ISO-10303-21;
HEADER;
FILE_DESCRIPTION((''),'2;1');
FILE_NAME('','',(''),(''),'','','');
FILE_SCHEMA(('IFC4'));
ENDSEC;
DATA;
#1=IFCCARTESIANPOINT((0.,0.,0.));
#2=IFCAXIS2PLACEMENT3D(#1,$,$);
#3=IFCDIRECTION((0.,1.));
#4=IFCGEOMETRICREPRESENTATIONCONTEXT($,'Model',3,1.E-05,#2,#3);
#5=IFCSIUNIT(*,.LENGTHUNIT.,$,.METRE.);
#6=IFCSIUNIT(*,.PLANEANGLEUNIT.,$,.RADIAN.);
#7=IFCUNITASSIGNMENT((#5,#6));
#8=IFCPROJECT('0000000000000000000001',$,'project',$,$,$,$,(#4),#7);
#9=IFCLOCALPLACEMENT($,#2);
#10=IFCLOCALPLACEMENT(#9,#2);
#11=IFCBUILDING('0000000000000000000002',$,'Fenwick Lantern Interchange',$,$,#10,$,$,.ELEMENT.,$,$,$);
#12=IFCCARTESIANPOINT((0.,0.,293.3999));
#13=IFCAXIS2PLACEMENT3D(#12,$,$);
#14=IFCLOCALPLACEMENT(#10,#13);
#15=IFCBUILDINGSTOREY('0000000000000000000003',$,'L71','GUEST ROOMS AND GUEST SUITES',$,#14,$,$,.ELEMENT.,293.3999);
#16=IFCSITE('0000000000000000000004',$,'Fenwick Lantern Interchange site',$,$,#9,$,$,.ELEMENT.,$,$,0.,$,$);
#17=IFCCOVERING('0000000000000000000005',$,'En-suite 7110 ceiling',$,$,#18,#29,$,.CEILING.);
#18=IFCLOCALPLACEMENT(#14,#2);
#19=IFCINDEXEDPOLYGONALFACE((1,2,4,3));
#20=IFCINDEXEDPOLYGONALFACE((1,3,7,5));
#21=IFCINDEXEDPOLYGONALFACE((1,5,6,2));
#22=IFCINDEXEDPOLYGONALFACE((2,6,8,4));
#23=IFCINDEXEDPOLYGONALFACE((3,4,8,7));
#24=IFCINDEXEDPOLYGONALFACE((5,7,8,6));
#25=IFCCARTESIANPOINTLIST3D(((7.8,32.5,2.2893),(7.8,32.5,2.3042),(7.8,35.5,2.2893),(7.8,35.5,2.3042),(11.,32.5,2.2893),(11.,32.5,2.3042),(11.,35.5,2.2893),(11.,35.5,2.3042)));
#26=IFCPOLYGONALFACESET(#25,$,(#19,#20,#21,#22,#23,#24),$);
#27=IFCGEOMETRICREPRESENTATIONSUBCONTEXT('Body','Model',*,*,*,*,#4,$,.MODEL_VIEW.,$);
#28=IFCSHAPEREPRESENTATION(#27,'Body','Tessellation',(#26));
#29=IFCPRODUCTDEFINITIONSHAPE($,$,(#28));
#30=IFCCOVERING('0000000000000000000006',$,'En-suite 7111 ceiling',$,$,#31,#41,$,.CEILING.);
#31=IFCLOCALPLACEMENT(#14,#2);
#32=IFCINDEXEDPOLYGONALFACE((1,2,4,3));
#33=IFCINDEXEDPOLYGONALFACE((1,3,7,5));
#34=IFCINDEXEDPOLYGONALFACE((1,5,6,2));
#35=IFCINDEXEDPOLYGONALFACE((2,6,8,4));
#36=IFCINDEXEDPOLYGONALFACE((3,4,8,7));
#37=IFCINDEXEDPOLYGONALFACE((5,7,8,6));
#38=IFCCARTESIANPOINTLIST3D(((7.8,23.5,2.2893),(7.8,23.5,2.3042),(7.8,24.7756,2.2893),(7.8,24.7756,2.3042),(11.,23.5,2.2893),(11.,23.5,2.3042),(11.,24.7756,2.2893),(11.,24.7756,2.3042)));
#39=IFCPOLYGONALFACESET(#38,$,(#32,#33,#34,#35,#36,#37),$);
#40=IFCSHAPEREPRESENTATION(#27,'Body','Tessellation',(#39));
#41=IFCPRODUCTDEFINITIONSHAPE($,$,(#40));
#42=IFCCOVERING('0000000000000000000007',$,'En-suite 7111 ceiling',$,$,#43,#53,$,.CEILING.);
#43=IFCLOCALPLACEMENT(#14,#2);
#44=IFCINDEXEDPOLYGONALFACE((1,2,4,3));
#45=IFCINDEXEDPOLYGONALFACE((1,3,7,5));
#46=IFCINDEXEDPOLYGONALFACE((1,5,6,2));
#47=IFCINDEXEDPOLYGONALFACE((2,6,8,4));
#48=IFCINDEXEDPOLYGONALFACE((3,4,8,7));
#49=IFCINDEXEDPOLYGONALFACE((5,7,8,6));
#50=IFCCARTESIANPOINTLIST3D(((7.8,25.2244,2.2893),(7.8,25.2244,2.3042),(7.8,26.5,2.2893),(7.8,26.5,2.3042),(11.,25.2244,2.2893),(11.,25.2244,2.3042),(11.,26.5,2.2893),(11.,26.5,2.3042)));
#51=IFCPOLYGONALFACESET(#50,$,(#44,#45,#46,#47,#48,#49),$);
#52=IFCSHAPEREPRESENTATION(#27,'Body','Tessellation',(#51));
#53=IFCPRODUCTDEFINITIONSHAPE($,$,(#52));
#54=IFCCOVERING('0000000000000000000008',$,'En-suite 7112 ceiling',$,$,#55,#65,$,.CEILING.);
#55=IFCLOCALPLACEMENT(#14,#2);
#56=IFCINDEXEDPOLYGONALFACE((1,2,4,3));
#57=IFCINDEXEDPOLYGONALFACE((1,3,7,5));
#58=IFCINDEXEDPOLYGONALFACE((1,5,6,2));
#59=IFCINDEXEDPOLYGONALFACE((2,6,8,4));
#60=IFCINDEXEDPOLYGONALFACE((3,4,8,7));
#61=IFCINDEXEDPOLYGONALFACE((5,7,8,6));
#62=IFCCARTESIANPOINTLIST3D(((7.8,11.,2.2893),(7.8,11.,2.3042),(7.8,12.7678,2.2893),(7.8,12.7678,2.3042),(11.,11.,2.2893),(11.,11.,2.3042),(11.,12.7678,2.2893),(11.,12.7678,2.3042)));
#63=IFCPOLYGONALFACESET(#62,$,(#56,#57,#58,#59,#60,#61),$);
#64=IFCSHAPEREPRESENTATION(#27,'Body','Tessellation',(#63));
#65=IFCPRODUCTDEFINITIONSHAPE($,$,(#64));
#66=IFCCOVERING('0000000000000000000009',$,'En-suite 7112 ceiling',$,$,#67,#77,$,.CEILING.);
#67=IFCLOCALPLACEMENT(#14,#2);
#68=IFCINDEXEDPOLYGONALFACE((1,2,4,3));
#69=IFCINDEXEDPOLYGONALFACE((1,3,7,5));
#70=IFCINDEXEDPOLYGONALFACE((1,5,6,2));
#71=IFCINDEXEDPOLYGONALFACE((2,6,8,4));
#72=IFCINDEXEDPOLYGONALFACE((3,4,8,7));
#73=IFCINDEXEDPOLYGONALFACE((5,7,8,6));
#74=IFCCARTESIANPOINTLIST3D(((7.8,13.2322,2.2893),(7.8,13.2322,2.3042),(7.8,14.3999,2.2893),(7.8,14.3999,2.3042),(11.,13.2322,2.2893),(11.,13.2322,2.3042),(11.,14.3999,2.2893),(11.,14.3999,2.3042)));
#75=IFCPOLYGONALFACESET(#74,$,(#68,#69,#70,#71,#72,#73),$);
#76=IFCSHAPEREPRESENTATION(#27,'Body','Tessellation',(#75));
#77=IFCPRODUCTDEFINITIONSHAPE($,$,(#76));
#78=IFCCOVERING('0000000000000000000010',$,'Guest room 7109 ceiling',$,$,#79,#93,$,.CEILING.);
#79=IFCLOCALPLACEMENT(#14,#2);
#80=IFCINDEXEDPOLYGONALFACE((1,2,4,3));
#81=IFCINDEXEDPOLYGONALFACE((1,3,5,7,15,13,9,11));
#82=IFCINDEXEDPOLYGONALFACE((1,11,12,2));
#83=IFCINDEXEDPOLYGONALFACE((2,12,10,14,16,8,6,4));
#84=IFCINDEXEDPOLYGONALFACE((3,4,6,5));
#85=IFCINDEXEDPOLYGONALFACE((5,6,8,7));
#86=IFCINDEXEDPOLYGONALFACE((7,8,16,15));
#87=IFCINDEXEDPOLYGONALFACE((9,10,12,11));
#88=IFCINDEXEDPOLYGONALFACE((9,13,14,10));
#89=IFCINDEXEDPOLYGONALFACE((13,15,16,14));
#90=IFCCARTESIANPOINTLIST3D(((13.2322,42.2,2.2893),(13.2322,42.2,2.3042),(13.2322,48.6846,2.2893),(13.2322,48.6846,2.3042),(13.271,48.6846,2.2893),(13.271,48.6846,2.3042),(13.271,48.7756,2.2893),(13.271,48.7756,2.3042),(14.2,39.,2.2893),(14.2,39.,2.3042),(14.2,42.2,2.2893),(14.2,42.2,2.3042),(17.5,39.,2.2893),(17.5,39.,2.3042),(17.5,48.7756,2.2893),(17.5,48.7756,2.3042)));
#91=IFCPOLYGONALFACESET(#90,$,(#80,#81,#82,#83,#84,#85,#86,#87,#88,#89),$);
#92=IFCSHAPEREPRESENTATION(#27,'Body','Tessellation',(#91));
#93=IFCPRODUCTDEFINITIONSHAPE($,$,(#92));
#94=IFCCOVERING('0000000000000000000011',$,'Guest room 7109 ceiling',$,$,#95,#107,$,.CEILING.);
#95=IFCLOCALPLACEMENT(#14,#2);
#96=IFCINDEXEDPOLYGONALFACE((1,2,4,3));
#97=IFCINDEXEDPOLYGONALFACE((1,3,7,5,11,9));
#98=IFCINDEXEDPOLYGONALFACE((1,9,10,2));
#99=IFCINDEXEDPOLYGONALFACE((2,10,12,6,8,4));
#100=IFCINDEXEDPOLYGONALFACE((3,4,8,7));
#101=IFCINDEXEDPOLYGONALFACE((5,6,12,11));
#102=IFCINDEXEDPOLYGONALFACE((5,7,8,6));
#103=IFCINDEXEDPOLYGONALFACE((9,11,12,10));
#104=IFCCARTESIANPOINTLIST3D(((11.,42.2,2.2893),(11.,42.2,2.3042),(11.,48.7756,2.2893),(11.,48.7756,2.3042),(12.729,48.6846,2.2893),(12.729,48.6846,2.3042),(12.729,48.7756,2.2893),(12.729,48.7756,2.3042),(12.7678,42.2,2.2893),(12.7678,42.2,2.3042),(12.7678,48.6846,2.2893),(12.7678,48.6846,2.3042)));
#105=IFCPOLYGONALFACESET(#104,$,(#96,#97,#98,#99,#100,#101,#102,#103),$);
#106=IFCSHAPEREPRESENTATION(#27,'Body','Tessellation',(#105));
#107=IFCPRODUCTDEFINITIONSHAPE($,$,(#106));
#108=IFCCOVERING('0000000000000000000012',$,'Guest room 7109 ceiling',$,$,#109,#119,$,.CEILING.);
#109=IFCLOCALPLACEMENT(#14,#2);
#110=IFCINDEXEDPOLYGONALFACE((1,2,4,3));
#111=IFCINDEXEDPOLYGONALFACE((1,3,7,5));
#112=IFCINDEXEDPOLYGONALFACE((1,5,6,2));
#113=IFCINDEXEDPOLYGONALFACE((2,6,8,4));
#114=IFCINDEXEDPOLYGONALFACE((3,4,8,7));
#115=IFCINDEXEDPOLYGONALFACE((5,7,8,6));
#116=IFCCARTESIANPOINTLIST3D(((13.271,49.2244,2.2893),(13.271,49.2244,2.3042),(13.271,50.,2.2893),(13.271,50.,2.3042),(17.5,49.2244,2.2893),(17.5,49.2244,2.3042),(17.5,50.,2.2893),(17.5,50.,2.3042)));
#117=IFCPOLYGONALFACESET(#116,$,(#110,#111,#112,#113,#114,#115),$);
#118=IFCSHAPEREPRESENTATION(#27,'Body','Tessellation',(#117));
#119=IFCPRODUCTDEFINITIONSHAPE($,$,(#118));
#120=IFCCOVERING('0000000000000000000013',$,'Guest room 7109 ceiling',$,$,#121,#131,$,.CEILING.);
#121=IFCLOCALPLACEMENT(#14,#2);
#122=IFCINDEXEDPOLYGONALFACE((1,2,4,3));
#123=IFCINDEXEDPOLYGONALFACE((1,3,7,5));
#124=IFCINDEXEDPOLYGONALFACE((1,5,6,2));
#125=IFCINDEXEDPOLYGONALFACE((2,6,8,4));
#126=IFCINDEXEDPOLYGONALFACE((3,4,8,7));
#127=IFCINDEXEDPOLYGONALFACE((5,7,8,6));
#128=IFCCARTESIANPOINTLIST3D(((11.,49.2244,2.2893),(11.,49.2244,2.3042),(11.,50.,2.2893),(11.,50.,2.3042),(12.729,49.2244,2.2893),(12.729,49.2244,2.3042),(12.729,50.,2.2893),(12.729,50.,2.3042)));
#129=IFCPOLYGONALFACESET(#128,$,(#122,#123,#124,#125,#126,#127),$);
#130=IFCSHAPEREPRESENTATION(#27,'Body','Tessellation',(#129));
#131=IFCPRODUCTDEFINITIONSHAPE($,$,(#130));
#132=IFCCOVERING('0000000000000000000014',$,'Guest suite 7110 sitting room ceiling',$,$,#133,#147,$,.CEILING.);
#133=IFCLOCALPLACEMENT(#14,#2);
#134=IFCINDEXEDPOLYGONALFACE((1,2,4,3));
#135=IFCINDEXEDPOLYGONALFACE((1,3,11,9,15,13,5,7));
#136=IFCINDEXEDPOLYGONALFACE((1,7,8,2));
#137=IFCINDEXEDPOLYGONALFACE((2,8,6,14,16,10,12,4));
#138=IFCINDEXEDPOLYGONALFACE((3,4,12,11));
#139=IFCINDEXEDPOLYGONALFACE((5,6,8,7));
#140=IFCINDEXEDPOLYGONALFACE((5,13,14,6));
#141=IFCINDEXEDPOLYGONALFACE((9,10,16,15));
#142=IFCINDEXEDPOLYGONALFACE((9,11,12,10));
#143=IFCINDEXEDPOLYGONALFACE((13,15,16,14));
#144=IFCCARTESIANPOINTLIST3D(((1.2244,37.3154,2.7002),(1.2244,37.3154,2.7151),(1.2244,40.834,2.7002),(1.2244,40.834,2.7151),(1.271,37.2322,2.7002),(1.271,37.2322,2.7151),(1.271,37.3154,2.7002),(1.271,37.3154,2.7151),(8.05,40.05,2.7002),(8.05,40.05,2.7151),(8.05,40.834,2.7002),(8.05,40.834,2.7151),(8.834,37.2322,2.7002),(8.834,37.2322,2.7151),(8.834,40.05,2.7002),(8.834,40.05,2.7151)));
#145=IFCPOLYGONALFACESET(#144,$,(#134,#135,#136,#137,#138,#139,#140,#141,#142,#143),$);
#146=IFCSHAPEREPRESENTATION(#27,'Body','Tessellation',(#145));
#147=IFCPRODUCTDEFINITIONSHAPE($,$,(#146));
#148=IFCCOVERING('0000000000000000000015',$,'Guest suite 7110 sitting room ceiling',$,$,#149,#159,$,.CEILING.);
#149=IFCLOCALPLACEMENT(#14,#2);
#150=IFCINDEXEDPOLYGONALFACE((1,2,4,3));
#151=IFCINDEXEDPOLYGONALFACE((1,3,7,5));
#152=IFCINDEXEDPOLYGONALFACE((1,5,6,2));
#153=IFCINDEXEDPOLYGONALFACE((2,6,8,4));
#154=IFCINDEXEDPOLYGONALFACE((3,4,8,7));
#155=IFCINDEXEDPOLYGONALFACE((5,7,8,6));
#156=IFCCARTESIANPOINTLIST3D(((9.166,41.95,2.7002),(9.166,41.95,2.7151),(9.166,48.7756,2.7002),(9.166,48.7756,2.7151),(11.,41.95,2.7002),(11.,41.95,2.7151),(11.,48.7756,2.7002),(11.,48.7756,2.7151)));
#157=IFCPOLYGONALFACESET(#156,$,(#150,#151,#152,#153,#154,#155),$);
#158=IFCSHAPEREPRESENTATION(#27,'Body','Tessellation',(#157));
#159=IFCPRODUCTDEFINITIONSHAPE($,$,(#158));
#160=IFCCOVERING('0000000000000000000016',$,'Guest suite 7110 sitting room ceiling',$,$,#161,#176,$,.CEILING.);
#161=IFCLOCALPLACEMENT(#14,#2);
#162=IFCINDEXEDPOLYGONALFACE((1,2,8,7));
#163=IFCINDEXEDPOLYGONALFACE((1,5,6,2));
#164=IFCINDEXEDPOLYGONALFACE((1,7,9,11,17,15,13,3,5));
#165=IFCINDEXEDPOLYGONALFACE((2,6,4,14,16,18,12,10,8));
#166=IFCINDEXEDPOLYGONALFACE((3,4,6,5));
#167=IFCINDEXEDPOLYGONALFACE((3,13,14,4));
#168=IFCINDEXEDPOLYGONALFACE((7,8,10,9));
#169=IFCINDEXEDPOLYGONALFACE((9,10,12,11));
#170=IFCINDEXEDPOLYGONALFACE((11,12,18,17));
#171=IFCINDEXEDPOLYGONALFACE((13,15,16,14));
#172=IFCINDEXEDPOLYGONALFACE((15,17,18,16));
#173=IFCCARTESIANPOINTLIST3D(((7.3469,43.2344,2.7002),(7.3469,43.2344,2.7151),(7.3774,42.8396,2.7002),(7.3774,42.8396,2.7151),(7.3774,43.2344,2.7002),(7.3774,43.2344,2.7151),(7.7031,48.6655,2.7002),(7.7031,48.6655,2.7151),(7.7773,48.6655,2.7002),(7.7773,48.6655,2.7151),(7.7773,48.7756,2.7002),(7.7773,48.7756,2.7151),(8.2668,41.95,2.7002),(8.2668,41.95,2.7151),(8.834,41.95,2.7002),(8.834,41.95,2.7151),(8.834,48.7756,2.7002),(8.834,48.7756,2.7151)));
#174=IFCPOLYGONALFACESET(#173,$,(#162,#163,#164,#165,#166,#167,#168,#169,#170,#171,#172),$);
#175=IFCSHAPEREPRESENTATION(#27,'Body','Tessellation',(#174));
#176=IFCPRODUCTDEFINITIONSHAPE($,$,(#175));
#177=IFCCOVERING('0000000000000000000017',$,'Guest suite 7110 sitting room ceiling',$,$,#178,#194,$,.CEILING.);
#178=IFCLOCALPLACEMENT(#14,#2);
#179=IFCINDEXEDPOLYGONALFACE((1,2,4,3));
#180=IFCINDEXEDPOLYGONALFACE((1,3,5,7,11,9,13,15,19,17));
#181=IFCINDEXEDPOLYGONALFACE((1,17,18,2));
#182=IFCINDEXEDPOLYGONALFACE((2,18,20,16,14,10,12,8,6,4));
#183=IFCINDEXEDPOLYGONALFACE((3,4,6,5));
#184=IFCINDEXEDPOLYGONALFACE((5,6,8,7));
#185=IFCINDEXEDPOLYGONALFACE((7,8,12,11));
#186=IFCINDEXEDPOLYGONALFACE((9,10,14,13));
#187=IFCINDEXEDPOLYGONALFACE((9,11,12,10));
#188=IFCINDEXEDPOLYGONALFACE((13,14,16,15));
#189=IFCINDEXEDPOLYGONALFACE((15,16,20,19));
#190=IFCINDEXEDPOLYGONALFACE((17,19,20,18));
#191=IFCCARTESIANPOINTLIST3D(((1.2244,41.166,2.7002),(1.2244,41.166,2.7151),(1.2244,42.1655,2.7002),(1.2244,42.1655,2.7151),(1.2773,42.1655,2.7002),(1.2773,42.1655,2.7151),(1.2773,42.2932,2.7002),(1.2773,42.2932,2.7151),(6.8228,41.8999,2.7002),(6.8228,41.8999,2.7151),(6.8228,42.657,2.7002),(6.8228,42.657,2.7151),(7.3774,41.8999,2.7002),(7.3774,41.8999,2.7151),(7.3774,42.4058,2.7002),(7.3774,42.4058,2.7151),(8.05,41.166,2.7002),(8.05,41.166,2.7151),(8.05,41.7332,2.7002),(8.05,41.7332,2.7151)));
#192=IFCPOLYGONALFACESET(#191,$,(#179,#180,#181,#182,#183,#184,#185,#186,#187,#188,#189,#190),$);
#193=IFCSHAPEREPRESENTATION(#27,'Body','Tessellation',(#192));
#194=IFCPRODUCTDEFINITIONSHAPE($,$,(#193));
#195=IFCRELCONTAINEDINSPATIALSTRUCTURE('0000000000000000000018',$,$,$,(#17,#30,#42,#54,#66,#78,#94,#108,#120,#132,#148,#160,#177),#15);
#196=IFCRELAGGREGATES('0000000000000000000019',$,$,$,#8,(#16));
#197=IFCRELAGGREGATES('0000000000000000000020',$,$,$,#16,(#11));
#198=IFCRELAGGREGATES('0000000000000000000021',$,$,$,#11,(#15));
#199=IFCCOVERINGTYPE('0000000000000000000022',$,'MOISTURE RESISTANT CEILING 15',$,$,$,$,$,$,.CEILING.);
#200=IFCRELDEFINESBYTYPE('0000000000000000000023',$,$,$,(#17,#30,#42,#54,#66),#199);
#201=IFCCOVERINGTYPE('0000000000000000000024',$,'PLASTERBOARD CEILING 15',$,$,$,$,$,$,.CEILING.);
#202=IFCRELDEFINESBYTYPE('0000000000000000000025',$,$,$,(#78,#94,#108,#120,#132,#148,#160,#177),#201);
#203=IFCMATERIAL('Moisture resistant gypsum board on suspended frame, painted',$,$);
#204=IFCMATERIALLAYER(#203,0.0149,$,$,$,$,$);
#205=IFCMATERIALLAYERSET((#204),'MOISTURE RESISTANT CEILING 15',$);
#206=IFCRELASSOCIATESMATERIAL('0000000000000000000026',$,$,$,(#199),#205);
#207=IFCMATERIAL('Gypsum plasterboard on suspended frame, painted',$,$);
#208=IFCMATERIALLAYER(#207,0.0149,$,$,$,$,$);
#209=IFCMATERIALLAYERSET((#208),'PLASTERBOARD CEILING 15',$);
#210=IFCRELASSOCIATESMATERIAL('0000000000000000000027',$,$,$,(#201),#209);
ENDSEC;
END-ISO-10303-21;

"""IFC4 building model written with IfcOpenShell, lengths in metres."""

from ifc_helpers import new_model, si_unit, direction, frame, origin, place, context, subcontext, project, spatial, polyline, outline, extrude, material, layer, layer_set, type_object, element, save


model = new_model("IFC4")

# Units and contexts
model_context = context("Model", 3, precision=1e-05, world=origin(), true_north=direction((0.0, 1.0)))
body_context = subcontext(model_context, "Body", "Model", "MODEL_VIEW")
ifc_project = project(units=[si_unit("LENGTHUNIT", "METRE"), si_unit("PLANEANGLEUNIT", "RADIAN")], contexts=[model_context])

# Site, building, storey
site_placement = place(None, origin())
site = spatial("IfcSite", under=ifc_project, at=site_placement, Name="Fenwick Lantern Interchange site", CompositionType="ELEMENT", RefElevation=0.0)
building_placement = place(site_placement, origin())
building = spatial("IfcBuilding", under=site, at=building_placement, Name="Fenwick Lantern Interchange", CompositionType="ELEMENT")
storey_placement = place(building_placement, frame((0.0, 0.0, 293.3999)))
storey = spatial("IfcBuildingStorey", under=building, at=storey_placement, Name="L71", Description="GUEST ROOMS AND GUEST SUITES", CompositionType="ELEMENT", Elevation=293.3999)

# Coverings
ifc_material_1 = material(Name="Moisture resistant gypsum board on suspended frame, painted")
ifc_layer_1 = layer(ifc_material_1, 0.0149)
ifc_layer_set_1 = layer_set([ifc_layer_1], Name="MOISTURE RESISTANT CEILING 15")
covering_type_1 = type_object("IfcCoveringType", Name="MOISTURE RESISTANT CEILING 15", PredefinedType="CEILING", material=ifc_layer_set_1)
covering_1_placement = place(storey_placement, frame((0.0, 0.0, 2.2893)))
element("IfcCovering", 1, at=covering_1_placement, inside=storey, type_object=covering_type_1, Name="En-suite 7110 ceiling", PredefinedType="CEILING", context=body_context, shape_type="SweptSolid", body=[
    extrude(outline(polyline([(7.8, 35.5), (7.8, 32.5), (11.0, 32.5), (11.0, 35.5), (7.8, 35.5)])), origin(), (0.0, 0.0, 1.0), 0.0149),
])
covering_2_placement = place(storey_placement, frame((0.0, 0.0, 2.2893)))
element("IfcCovering", 2, at=covering_2_placement, inside=storey, type_object=covering_type_1, Name="En-suite 7111 ceiling", PredefinedType="CEILING", context=body_context, shape_type="SweptSolid", body=[
    extrude(outline(polyline([(11.0, 23.5), (11.0, 24.7756), (7.8, 24.7756), (7.8, 23.5), (11.0, 23.5)])), origin(), (0.0, 0.0, 1.0), 0.0149),
])
covering_3_placement = place(storey_placement, frame((0.0, 0.0, 2.2893)))
element("IfcCovering", 3, at=covering_3_placement, inside=storey, type_object=covering_type_1, Name="En-suite 7111 ceiling", PredefinedType="CEILING", context=body_context, shape_type="SweptSolid", body=[
    extrude(outline(polyline([(7.8, 26.5), (7.8, 25.2244), (11.0, 25.2244), (11.0, 26.5), (7.8, 26.5)])), origin(), (0.0, 0.0, 1.0), 0.0149),
])
covering_4_placement = place(storey_placement, frame((0.0, 0.0, 2.2893)))
element("IfcCovering", 4, at=covering_4_placement, inside=storey, type_object=covering_type_1, Name="En-suite 7112 ceiling", PredefinedType="CEILING", context=body_context, shape_type="SweptSolid", body=[
    extrude(outline(polyline([(11.0, 11.0), (11.0, 12.7678), (7.8, 12.7678), (7.8, 11.0), (11.0, 11.0)])), origin(), (0.0, 0.0, 1.0), 0.0149),
])
covering_5_placement = place(storey_placement, frame((0.0, 0.0, 2.2893)))
element("IfcCovering", 5, at=covering_5_placement, inside=storey, type_object=covering_type_1, Name="En-suite 7112 ceiling", PredefinedType="CEILING", context=body_context, shape_type="SweptSolid", body=[
    extrude(outline(polyline([(7.8, 14.3999), (7.8, 13.2322), (11.0, 13.2322), (11.0, 14.3999), (7.8, 14.3999)])), origin(), (0.0, 0.0, 1.0), 0.0149),
])
ifc_material_2 = material(Name="Gypsum plasterboard on suspended frame, painted")
ifc_layer_2 = layer(ifc_material_2, 0.0149)
ifc_layer_set_2 = layer_set([ifc_layer_2], Name="PLASTERBOARD CEILING 15")
covering_type_2 = type_object("IfcCoveringType", Name="PLASTERBOARD CEILING 15", PredefinedType="CEILING", material=ifc_layer_set_2)
covering_6_placement = place(storey_placement, frame((0.0, 0.0, 2.2893)))
element("IfcCovering", 6, at=covering_6_placement, inside=storey, type_object=covering_type_2, Name="Guest room 7109 ceiling", PredefinedType="CEILING", context=body_context, shape_type="SweptSolid", body=[
    extrude(outline(polyline([(13.271, 48.6846), (13.2322, 48.6846), (13.2322, 42.2), (14.2, 42.2), (14.2, 39.0), (17.5, 39.0), (17.5, 48.7756), (13.271, 48.7756), (13.271, 48.6846)])), origin(), (0.0, 0.0, 1.0), 0.0149),
])
covering_7_placement = place(storey_placement, frame((0.0, 0.0, 2.2893)))
element("IfcCovering", 7, at=covering_7_placement, inside=storey, type_object=covering_type_2, Name="Guest room 7109 ceiling", PredefinedType="CEILING", context=body_context, shape_type="SweptSolid", body=[
    extrude(outline(polyline([(12.729, 48.6846), (12.729, 48.7756), (11.0, 48.7756), (11.0, 42.2), (12.7678, 42.2), (12.7678, 48.6846), (12.729, 48.6846)])), origin(), (0.0, 0.0, 1.0), 0.0149),
])
covering_8_placement = place(storey_placement, frame((0.0, 0.0, 2.2893)))
element("IfcCovering", 8, at=covering_8_placement, inside=storey, type_object=covering_type_2, Name="Guest room 7109 ceiling", PredefinedType="CEILING", context=body_context, shape_type="SweptSolid", body=[
    extrude(outline(polyline([(13.271, 50.0), (13.271, 49.2244), (17.5, 49.2244), (17.5, 50.0), (13.271, 50.0)])), origin(), (0.0, 0.0, 1.0), 0.0149),
])
covering_9_placement = place(storey_placement, frame((0.0, 0.0, 2.2893)))
element("IfcCovering", 9, at=covering_9_placement, inside=storey, type_object=covering_type_2, Name="Guest room 7109 ceiling", PredefinedType="CEILING", context=body_context, shape_type="SweptSolid", body=[
    extrude(outline(polyline([(12.729, 49.2244), (12.729, 50.0), (11.0, 50.0), (11.0, 49.2244), (12.729, 49.2244)])), origin(), (0.0, 0.0, 1.0), 0.0149),
])
covering_10_placement = place(storey_placement, frame((0.0, 0.0, 2.7002)))
element("IfcCovering", 10, at=covering_10_placement, inside=storey, type_object=covering_type_2, Name="Guest suite 7110 sitting room ceiling", PredefinedType="CEILING", context=body_context, shape_type="SweptSolid", body=[
    extrude(outline(polyline([(8.05, 40.05), (8.05, 40.834), (1.2244, 40.834), (1.2244, 37.3154), (1.271, 37.3154), (1.271, 37.2322), (8.834, 37.2322), (8.834, 40.05), (8.05, 40.05)])), origin(), (0.0, 0.0, 1.0), 0.0149),
])
covering_11_placement = place(storey_placement, frame((0.0, 0.0, 2.7002)))
element("IfcCovering", 11, at=covering_11_placement, inside=storey, type_object=covering_type_2, Name="Guest suite 7110 sitting room ceiling", PredefinedType="CEILING", context=body_context, shape_type="SweptSolid", body=[
    extrude(outline(polyline([(11.0, 41.95), (11.0, 48.7756), (9.166, 48.7756), (9.166, 41.95), (11.0, 41.95)])), origin(), (0.0, 0.0, 1.0), 0.0149),
])
covering_12_placement = place(storey_placement, frame((0.0, 0.0, 2.7002)))
element("IfcCovering", 12, at=covering_12_placement, inside=storey, type_object=covering_type_2, Name="Guest suite 7110 sitting room ceiling", PredefinedType="CEILING", context=body_context, shape_type="SweptSolid", body=[
    extrude(outline(polyline([(7.7773, 48.6655), (7.7031, 48.6655), (7.3469, 43.2344), (7.3774, 43.2344), (7.3774, 42.8396), (8.2668, 41.95), (8.834, 41.95), (8.834, 48.7756), (7.7773, 48.7756), (7.7773, 48.6655)])), origin(), (0.0, 0.0, 1.0), 0.0149),
])
covering_13_placement = place(storey_placement, frame((0.0, 0.0, 2.7002)))
element("IfcCovering", 13, at=covering_13_placement, inside=storey, type_object=covering_type_2, Name="Guest suite 7110 sitting room ceiling", PredefinedType="CEILING", context=body_context, shape_type="SweptSolid", body=[
    extrude(outline(polyline([(8.05, 41.166), (8.05, 41.7332), (7.3774, 42.4058), (7.3774, 41.8999), (6.8228, 41.8999), (6.8228, 42.657), (1.2773, 42.2932), (1.2773, 42.1655), (1.2244, 42.1655), (1.2244, 41.166), (8.05, 41.166)])), origin(), (0.0, 0.0, 1.0), 0.0149),
])

save(model, "model.ifc")
